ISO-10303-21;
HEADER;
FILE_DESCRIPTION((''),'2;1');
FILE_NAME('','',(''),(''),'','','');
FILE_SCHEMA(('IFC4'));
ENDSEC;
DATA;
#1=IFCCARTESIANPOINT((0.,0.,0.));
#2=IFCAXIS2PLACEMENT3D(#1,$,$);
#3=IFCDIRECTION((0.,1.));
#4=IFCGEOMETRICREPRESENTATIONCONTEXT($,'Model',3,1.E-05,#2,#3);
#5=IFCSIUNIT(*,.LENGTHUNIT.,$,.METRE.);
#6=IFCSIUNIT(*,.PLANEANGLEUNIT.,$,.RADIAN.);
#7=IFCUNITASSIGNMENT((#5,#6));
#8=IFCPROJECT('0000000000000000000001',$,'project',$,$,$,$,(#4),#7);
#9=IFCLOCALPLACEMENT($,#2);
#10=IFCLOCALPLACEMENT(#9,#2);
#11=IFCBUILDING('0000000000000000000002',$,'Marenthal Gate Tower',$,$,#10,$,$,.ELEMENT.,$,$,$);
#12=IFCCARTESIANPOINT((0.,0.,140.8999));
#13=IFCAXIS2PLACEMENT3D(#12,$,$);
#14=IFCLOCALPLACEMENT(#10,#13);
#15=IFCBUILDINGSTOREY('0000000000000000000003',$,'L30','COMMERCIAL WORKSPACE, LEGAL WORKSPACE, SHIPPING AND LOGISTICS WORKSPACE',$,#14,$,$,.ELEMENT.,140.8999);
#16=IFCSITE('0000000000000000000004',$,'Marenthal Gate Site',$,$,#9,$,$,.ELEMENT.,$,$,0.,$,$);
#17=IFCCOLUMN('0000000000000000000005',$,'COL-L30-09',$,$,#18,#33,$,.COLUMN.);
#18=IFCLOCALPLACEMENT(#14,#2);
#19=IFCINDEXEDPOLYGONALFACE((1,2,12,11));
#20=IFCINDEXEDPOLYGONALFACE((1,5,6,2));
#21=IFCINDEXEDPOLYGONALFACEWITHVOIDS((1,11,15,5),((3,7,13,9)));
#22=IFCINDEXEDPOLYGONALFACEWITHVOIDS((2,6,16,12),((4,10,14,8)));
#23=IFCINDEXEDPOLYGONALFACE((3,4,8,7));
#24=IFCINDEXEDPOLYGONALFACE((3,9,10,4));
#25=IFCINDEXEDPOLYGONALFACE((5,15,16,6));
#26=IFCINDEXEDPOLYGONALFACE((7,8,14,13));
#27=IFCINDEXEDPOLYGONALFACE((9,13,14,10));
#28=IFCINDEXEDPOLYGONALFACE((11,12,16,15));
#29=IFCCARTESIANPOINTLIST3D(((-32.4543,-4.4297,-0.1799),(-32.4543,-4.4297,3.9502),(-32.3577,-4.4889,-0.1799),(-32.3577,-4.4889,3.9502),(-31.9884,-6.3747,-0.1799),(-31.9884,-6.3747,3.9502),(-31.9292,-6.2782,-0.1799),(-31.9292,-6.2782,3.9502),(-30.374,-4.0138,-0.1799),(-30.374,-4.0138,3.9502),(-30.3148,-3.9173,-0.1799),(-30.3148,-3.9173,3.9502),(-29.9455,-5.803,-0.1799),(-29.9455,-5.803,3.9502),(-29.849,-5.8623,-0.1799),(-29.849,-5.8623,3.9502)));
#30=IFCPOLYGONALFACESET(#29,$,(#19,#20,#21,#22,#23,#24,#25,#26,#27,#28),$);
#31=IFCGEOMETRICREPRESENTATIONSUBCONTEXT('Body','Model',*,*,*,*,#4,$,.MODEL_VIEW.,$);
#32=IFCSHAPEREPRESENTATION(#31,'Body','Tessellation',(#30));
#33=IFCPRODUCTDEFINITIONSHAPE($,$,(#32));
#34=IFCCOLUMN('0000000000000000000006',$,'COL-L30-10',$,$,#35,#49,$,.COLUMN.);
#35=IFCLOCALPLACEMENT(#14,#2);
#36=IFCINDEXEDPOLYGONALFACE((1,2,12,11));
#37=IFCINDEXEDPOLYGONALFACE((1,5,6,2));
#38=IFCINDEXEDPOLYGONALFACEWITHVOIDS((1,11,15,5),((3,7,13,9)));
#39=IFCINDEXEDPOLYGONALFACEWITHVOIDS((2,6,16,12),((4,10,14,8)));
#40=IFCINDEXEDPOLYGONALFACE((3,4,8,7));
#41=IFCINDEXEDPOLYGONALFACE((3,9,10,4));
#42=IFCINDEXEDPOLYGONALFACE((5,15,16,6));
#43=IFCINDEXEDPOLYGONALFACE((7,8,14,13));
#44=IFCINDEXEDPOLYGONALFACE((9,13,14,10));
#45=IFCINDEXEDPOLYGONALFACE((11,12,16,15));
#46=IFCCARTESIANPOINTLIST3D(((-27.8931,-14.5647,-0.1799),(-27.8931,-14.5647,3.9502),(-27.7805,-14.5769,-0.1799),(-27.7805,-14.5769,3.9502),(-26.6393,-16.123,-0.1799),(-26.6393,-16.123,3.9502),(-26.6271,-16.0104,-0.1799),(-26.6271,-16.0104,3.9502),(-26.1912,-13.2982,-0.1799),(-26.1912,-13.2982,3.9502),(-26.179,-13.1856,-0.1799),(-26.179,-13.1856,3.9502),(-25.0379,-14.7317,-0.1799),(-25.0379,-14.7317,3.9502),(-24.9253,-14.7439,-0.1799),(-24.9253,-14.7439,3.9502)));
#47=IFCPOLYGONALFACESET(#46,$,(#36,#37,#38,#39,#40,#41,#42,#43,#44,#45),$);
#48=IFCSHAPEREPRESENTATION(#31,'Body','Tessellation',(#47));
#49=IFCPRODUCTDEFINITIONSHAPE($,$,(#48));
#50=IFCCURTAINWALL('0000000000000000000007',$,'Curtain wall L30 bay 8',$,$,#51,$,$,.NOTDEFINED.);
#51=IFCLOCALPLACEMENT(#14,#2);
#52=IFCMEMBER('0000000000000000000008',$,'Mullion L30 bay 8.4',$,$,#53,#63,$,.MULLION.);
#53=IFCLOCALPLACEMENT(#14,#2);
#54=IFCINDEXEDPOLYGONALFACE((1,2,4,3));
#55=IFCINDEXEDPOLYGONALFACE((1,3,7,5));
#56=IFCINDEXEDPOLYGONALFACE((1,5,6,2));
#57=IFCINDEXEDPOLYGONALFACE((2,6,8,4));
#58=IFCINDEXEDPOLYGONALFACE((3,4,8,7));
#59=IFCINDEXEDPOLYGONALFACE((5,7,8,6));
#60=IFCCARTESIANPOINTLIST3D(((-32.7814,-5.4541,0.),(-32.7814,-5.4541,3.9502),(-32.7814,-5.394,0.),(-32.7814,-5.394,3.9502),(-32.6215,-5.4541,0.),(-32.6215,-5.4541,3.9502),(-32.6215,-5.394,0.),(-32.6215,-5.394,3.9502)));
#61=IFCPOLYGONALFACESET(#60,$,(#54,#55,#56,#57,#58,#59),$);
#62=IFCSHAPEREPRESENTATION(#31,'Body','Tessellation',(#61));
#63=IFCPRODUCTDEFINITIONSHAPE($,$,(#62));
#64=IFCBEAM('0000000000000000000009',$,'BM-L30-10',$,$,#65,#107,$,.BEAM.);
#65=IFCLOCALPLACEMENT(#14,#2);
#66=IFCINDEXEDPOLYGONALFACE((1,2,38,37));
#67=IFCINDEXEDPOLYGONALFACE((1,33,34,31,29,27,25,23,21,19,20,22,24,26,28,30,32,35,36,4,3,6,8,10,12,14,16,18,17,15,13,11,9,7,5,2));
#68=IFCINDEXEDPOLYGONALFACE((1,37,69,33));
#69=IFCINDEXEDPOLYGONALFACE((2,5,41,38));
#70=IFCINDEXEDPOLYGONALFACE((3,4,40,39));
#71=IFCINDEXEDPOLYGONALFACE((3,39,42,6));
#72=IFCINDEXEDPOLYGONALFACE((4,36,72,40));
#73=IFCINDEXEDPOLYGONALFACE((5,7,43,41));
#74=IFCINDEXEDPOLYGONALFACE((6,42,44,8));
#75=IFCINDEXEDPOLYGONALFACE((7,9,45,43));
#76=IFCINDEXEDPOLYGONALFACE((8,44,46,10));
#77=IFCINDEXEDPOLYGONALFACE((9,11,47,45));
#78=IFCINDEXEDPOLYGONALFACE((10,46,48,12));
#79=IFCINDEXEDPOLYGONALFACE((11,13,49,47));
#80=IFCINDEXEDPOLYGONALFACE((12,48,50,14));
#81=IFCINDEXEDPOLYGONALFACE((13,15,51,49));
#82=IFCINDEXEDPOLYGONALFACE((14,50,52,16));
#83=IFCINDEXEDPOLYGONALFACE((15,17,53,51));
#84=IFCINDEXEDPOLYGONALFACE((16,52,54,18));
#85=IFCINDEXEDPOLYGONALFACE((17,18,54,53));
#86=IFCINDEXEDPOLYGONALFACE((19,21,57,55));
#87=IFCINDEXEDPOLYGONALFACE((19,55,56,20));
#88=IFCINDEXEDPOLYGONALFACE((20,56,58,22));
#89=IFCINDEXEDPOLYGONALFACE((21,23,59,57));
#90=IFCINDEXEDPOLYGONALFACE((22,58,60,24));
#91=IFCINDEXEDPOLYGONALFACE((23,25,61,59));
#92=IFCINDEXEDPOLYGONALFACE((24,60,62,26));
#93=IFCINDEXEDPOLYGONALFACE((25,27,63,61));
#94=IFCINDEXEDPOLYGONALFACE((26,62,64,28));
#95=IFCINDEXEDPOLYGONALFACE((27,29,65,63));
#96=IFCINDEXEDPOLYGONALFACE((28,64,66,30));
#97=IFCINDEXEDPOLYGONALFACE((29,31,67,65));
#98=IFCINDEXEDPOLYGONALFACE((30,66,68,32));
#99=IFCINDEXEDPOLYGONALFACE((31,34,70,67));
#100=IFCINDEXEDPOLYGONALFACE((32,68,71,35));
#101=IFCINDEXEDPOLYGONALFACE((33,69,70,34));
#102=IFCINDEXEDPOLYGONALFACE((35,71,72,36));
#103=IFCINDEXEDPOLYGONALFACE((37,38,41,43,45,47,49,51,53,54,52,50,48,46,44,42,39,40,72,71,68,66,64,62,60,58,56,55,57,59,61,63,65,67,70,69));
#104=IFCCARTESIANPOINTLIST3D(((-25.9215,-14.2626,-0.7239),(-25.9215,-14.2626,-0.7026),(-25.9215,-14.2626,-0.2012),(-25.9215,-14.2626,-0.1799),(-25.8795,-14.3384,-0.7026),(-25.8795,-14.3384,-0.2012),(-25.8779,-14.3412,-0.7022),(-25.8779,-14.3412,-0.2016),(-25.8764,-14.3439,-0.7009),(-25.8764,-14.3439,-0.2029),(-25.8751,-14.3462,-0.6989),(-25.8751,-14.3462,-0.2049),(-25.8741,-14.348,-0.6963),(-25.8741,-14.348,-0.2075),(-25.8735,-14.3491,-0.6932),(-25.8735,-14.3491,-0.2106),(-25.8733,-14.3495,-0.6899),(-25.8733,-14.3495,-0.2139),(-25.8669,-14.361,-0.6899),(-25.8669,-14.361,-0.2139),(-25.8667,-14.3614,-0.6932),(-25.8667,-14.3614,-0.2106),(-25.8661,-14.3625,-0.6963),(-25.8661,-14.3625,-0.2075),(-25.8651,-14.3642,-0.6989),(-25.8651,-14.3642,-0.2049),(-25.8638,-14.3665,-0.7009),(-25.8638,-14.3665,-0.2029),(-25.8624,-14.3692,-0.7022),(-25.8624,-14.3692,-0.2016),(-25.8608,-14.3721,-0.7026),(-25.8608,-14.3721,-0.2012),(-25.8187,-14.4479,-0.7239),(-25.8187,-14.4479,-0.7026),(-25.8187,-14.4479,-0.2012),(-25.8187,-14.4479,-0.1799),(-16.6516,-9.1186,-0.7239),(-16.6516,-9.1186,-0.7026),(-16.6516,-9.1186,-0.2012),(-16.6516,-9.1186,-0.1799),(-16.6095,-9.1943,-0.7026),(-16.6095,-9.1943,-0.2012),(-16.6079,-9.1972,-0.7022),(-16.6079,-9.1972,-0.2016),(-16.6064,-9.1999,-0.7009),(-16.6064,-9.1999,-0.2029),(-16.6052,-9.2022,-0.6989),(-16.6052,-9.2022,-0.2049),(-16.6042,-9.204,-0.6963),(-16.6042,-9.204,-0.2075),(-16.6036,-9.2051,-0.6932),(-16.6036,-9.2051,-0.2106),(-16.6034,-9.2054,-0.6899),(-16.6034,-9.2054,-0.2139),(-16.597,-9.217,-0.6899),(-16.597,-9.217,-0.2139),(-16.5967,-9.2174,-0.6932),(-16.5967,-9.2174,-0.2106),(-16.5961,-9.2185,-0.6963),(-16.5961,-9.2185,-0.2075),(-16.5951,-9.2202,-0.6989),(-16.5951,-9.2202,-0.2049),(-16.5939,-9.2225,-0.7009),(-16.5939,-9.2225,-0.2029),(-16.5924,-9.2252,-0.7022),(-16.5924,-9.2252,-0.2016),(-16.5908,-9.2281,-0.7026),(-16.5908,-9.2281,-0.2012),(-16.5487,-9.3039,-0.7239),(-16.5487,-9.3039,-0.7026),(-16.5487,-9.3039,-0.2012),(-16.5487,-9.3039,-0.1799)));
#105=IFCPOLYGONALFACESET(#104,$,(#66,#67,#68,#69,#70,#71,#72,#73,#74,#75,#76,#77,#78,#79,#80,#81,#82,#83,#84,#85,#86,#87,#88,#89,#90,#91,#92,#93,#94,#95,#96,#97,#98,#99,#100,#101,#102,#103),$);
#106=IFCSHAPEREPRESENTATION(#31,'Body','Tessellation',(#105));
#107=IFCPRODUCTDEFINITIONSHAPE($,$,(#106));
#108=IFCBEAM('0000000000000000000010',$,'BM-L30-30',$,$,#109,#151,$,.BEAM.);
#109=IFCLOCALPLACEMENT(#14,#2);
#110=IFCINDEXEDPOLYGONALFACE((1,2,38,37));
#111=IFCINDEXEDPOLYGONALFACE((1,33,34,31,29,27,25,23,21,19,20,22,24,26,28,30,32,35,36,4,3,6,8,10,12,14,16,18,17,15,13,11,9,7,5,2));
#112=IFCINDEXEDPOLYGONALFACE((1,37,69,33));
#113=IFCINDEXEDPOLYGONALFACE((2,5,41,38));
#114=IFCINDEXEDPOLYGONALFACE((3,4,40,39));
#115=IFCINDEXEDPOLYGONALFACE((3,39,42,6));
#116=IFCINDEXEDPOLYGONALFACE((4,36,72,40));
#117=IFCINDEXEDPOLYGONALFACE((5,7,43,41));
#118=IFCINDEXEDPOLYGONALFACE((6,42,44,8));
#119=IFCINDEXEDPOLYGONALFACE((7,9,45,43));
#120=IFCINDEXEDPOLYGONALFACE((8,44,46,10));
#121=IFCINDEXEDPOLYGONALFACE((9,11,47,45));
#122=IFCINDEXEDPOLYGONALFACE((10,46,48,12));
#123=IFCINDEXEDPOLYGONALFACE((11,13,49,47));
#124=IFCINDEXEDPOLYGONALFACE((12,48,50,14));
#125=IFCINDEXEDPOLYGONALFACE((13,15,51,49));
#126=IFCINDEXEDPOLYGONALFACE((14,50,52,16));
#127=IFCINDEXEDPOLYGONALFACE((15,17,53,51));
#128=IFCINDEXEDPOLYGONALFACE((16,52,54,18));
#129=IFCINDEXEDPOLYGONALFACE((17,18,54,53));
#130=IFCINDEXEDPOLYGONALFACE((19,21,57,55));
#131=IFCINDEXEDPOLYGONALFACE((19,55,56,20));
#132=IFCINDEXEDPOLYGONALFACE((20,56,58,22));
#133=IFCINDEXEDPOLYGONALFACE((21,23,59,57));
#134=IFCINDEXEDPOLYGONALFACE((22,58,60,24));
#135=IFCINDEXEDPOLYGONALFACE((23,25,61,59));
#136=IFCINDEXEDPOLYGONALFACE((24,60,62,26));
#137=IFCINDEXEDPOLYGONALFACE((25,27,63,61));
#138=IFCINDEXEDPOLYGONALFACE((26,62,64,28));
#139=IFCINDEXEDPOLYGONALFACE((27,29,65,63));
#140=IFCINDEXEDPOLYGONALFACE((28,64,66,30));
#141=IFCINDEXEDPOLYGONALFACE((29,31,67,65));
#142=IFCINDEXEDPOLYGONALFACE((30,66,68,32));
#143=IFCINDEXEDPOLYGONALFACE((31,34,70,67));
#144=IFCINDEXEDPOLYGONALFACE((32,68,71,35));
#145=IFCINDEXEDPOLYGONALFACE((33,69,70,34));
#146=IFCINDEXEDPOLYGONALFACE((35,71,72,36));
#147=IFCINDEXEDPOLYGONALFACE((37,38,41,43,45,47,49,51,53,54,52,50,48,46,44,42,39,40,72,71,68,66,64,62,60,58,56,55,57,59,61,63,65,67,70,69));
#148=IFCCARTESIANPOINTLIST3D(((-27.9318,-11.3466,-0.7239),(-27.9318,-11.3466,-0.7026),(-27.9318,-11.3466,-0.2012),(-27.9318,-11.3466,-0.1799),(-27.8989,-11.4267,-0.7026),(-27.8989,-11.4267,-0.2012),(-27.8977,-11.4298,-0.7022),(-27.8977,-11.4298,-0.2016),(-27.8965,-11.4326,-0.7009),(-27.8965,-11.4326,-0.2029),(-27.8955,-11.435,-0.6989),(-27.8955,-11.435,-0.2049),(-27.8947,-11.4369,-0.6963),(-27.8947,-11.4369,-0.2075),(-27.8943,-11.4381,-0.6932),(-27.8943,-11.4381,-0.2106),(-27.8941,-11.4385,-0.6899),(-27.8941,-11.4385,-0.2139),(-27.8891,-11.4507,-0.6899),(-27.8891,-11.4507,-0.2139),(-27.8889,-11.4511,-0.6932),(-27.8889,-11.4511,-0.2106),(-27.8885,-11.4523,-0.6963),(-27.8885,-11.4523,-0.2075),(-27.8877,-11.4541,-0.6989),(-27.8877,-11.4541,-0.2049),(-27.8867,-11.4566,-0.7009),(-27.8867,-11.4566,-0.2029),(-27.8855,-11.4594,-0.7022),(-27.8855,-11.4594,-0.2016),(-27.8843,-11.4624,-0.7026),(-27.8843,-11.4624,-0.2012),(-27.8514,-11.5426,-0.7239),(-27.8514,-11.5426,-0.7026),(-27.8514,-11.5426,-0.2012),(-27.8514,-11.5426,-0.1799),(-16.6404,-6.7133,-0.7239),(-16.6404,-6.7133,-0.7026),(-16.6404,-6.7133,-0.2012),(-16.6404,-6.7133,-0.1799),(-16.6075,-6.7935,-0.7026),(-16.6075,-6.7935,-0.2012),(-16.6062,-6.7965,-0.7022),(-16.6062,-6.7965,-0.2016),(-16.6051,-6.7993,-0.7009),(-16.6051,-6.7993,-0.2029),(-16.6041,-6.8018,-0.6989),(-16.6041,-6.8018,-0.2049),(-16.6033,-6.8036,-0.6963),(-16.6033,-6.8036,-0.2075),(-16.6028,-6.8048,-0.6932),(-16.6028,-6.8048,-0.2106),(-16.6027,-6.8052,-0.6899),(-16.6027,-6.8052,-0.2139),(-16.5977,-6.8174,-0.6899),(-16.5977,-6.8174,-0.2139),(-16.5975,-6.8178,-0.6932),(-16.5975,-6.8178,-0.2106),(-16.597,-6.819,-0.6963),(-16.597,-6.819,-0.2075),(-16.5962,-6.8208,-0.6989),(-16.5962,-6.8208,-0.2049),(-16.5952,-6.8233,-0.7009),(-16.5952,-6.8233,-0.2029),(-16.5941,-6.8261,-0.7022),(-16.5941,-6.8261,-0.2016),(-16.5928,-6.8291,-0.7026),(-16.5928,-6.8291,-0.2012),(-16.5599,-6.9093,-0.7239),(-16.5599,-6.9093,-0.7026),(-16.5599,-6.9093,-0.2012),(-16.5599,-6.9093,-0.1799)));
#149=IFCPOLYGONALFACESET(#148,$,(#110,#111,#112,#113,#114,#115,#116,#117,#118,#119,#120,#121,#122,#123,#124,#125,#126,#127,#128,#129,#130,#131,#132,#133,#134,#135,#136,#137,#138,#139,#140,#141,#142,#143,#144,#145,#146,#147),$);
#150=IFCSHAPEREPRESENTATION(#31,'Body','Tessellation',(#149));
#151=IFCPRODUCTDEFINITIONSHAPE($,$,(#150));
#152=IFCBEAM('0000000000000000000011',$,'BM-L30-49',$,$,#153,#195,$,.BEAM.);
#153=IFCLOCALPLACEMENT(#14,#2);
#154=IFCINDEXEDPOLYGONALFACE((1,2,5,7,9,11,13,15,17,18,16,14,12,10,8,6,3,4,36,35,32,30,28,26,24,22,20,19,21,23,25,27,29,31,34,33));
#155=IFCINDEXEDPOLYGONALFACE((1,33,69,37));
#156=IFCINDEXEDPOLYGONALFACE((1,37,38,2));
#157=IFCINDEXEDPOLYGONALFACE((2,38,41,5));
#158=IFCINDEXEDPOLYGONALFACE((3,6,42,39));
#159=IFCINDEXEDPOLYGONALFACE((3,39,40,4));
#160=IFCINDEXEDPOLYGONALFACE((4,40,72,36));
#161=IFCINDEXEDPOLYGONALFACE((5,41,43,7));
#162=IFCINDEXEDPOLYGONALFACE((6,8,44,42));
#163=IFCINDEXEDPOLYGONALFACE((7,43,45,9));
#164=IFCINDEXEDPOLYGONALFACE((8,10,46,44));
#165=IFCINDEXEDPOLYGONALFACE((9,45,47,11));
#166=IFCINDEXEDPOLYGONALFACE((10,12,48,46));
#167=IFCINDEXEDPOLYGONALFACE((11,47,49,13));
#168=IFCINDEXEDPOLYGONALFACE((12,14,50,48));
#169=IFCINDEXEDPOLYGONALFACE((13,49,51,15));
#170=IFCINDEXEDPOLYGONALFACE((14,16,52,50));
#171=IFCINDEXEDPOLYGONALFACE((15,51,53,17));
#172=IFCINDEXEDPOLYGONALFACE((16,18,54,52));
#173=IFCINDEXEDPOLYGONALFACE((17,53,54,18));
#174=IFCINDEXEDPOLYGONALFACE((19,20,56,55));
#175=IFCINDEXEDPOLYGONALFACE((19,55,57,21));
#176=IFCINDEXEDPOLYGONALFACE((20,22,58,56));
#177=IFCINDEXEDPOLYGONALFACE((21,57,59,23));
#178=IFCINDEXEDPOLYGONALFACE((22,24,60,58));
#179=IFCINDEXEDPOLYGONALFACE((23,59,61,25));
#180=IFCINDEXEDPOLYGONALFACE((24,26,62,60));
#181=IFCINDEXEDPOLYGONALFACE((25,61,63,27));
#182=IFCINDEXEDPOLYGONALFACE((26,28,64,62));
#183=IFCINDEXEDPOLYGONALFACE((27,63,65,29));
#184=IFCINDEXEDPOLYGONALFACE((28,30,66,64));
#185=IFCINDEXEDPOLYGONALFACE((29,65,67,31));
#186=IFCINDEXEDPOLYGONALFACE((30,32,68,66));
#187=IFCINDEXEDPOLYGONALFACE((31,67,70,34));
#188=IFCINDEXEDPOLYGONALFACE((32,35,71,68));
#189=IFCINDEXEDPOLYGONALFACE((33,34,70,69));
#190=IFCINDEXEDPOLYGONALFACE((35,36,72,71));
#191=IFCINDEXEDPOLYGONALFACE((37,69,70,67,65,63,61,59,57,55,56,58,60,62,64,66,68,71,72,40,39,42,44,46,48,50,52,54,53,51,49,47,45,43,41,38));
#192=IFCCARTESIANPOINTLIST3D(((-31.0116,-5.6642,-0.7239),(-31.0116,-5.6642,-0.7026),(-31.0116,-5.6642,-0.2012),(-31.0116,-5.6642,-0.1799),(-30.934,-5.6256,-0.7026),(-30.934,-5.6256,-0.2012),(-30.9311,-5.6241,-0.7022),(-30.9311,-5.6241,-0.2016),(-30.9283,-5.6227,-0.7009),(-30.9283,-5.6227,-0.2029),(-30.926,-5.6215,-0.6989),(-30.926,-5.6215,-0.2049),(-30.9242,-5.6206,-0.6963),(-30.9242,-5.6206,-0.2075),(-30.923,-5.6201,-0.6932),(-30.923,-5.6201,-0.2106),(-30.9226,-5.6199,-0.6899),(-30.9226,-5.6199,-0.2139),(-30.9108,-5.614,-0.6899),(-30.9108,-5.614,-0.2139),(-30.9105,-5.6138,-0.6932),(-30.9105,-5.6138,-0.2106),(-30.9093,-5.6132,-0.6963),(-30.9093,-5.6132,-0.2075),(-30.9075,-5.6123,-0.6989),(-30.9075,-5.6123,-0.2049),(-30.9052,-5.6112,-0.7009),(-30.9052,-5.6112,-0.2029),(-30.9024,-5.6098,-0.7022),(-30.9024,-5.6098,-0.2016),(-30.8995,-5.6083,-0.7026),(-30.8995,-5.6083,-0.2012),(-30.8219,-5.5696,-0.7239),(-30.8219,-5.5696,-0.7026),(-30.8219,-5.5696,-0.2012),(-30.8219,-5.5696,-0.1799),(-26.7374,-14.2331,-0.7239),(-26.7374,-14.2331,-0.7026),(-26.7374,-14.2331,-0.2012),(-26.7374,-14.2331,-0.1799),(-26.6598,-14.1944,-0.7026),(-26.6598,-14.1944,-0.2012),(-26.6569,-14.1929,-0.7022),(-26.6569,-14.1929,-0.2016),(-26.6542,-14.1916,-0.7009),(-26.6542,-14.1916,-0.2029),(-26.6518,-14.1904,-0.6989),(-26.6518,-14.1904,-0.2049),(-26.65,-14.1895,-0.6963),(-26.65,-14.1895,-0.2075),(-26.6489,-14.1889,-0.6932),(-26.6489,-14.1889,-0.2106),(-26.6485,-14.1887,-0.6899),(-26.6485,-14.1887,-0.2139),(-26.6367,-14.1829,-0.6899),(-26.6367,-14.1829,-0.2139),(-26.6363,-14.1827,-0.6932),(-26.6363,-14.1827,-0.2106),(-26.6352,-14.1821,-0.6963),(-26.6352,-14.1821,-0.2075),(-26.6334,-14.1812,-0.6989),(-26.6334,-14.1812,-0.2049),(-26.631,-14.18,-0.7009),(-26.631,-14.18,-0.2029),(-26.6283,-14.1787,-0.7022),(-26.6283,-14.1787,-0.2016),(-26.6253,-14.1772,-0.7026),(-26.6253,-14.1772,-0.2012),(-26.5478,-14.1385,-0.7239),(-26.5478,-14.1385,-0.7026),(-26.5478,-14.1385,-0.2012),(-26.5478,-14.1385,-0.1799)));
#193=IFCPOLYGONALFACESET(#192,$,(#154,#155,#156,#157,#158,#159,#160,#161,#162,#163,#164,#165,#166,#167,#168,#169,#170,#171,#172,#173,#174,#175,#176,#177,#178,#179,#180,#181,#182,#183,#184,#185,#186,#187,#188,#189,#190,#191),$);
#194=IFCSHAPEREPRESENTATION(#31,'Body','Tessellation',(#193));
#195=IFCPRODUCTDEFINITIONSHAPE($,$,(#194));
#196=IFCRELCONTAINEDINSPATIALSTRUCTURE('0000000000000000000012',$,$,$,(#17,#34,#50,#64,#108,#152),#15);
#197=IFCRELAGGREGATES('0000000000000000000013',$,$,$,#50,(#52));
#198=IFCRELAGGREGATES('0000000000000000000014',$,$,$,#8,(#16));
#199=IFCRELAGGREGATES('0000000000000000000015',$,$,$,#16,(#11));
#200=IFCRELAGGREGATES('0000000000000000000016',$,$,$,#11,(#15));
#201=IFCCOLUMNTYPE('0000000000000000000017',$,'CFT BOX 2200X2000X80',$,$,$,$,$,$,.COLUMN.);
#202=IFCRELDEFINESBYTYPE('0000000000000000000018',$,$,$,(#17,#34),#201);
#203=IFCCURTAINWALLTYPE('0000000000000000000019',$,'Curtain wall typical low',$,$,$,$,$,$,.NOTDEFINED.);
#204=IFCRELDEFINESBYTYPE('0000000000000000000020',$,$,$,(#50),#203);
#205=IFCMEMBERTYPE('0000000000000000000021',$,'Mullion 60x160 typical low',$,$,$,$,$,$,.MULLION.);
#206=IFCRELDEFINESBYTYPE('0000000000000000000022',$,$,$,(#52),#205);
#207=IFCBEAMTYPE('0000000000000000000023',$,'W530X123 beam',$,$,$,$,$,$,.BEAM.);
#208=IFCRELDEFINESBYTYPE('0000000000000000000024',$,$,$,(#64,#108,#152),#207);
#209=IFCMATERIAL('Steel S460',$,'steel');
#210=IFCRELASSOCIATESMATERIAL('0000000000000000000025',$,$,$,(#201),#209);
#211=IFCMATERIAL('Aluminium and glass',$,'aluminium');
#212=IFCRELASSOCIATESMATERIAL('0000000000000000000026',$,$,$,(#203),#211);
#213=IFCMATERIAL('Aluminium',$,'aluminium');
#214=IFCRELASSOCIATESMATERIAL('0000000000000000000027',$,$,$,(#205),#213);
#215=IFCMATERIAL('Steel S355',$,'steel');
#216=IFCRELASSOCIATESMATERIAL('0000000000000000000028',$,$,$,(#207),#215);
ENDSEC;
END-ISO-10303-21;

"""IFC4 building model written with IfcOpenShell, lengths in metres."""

from ifc_helpers import new_model, si_unit, direction, frame, origin, origin_2d, place, context, subcontext, project, spatial, rectangle, hollow_rectangle, i_section, extrude, material, material_profile, profile_set, type_object, element, aggregate, save


model = new_model("IFC4")

# Units and contexts
model_context = context("Model", 3, precision=1e-05, world=origin(), true_north=direction((0.0, 1.0)))
body_context = subcontext(model_context, "Body", "Model", "MODEL_VIEW")
ifc_project = project(units=[si_unit("LENGTHUNIT", "METRE"), si_unit("PLANEANGLEUNIT", "RADIAN")], contexts=[model_context])

# Site, building, storey
site_placement = place(None, origin())
site = spatial("IfcSite", under=ifc_project, at=site_placement, Name="Marenthal Gate Site", CompositionType="ELEMENT", RefElevation=0.0)
building_placement = place(site_placement, origin())
building = spatial("IfcBuilding", under=site, at=building_placement, Name="Marenthal Gate Tower", CompositionType="ELEMENT")
storey_placement = place(building_placement, frame((0.0, 0.0, 140.8999)))
storey = spatial("IfcBuildingStorey", under=building, at=storey_placement, Name="L30", Description="COMMERCIAL WORKSPACE, LEGAL WORKSPACE, SHIPPING AND LOGISTICS WORKSPACE", CompositionType="ELEMENT", Elevation=140.8999)

# Columns
ifc_material_1 = material(Name="Steel S460", Category="steel")
ifc_material_profile_1 = material_profile(ifc_material_1, hollow_rectangle(XDim=2.0, YDim=2.2, WallThickness=0.0801, at=origin_2d()), Name="CFT BOX 2200X2000X80")
ifc_material_2 = material(Name="Concrete 70 MPa", Category="concrete")
ifc_material_profile_2 = material_profile(ifc_material_2, rectangle(XDim=1.8401, YDim=2.04, at=origin_2d()), Name="CFT BOX 2200X2000X80 INFILL")
ifc_profile_set_1 = profile_set([ifc_material_profile_1, ifc_material_profile_2], Name="Steel S460 shell, Concrete 70 MPa infill")
column_type = type_object("IfcColumnType", Name="CFT BOX 2200X2000X80", PredefinedType="COLUMN", material=ifc_profile_set_1)
for number, where, z_axis, x_axis, name in (
    (1, (-31.1516, -5.146, -0.1799), (0.0, 0.0, 1.0), (-0.232933, 0.972493, 0.0), "COL-L30-09"),
    (2, (-26.4092, -14.6543, -0.1799), (0.0, 0.0, 1.0), (-0.626873, 0.779121, 0.0), "COL-L30-10"),
):
    element("IfcColumn", number, at=place(storey_placement, frame(where, z_axis=z_axis, x_axis=x_axis)), inside=storey, type_object=column_type, Name=name, PredefinedType="COLUMN", context=body_context, shape_type="SweptSolid", body=[
        extrude(hollow_rectangle(XDim=2.0, YDim=2.2, WallThickness=0.0801, at=origin_2d()), origin(), (0.0, 0.0, 1.0), 4.1301),
    ])

# Curtain wall, member
ifc_material_3 = material(Name="Aluminium and glass", Category="aluminium")
curtain_wall_type = type_object("IfcCurtainWallType", Name="Curtain wall typical low", PredefinedType="NOTDEFINED", material=ifc_material_3)
curtain_wall_placement = place(storey_placement, origin())
curtain_wall = element("IfcCurtainWall", 3, at=curtain_wall_placement, inside=storey, type_object=curtain_wall_type, Name="Curtain wall L30 bay 8", PredefinedType="NOTDEFINED")
ifc_material_4 = material(Name="Aluminium", Category="aluminium")
ifc_material_profile_3 = material_profile(ifc_material_4, rectangle(XDim=0.1599, YDim=0.0601, at=origin_2d()), Name="60x160 aluminium mullion")
ifc_profile_set_2 = profile_set([ifc_material_profile_3], Name="Aluminium")
member_type = type_object("IfcMemberType", Name="Mullion 60x160 typical low", PredefinedType="MULLION", material=ifc_profile_set_2)
member_placement = place(storey_placement, frame((-32.7014, -5.4241, 0.0), z_axis=(0.0, 0.0, 1.0), x_axis=(1.0, 0.0, 0.0)))
member = element("IfcMember", 4, at=member_placement, type_object=member_type, Name="Mullion L30 bay 8.4", PredefinedType="MULLION", context=body_context, shape_type="SweptSolid", body=[
    extrude(rectangle(XDim=0.1599, YDim=0.0601, at=origin_2d()), origin(), (0.0, 0.0, 1.0), 3.9502),
])

# Beams
ifc_material_5 = material(Name="Steel S355", Category="steel")
ifc_material_profile_4 = material_profile(ifc_material_5, i_section(OverallWidth=0.2119, OverallDepth=0.5439, WebThickness=0.0132, FlangeThickness=0.0212, FilletRadius=0.0127, at=origin_2d()), Name="W530X123")
ifc_profile_set_3 = profile_set([ifc_material_profile_4], Name="Steel S355")
beam_type_1 = type_object("IfcBeamType", Name="W530X123 beam", PredefinedType="BEAM", material=ifc_profile_set_3)
beam_1_placement = place(storey_placement, frame((-25.8701, -14.3552, -0.4519), z_axis=(0.874396, 0.485213, 0.0), x_axis=(-0.485213, 0.874396, 0.0)))
element("IfcBeam", 5, at=beam_1_placement, inside=storey, type_object=beam_type_1, Name="BM-L30-10", PredefinedType="BEAM", context=body_context, shape_type="SweptSolid", body=[
    extrude(i_section(OverallWidth=0.2119, OverallDepth=0.5439, WebThickness=0.0132, FlangeThickness=0.0212, FilletRadius=0.0127, at=origin_2d()), origin(), (0.0, 0.0, 1.0), 10.6016),
])
beam_2_placement = place(storey_placement, frame((-27.8916, -11.4446, -0.4519), z_axis=(0.925143, 0.379619, 0.0), x_axis=(-0.379619, 0.925143, 0.0)))
element("IfcBeam", 6, at=beam_2_placement, inside=storey, type_object=beam_type_1, Name="BM-L30-30", PredefinedType="BEAM", context=body_context, shape_type="SweptSolid", body=[
    extrude(i_section(OverallWidth=0.2119, OverallDepth=0.5439, WebThickness=0.0132, FlangeThickness=0.0212, FilletRadius=0.0127, at=origin_2d()), origin(), (0.0, 0.0, 1.0), 12.2051),
])
beam_3_placement = place(storey_placement, frame((-30.9167, -5.6169, -0.4519), z_axis=(0.446357, -0.894855, 0.0), x_axis=(0.894855, 0.446357, 0.0)))
element("IfcBeam", 7, at=beam_3_placement, inside=storey, type_object=beam_type_1, Name="BM-L30-49", PredefinedType="BEAM", context=body_context, shape_type="SweptSolid", body=[
    extrude(i_section(OverallWidth=0.2119, OverallDepth=0.5439, WebThickness=0.0132, FlangeThickness=0.0212, FilletRadius=0.0127, at=origin_2d()), origin(), (0.0, 0.0, 1.0), 9.5757),
])

aggregate(curtain_wall, [member])

save(model, "model.ifc")
